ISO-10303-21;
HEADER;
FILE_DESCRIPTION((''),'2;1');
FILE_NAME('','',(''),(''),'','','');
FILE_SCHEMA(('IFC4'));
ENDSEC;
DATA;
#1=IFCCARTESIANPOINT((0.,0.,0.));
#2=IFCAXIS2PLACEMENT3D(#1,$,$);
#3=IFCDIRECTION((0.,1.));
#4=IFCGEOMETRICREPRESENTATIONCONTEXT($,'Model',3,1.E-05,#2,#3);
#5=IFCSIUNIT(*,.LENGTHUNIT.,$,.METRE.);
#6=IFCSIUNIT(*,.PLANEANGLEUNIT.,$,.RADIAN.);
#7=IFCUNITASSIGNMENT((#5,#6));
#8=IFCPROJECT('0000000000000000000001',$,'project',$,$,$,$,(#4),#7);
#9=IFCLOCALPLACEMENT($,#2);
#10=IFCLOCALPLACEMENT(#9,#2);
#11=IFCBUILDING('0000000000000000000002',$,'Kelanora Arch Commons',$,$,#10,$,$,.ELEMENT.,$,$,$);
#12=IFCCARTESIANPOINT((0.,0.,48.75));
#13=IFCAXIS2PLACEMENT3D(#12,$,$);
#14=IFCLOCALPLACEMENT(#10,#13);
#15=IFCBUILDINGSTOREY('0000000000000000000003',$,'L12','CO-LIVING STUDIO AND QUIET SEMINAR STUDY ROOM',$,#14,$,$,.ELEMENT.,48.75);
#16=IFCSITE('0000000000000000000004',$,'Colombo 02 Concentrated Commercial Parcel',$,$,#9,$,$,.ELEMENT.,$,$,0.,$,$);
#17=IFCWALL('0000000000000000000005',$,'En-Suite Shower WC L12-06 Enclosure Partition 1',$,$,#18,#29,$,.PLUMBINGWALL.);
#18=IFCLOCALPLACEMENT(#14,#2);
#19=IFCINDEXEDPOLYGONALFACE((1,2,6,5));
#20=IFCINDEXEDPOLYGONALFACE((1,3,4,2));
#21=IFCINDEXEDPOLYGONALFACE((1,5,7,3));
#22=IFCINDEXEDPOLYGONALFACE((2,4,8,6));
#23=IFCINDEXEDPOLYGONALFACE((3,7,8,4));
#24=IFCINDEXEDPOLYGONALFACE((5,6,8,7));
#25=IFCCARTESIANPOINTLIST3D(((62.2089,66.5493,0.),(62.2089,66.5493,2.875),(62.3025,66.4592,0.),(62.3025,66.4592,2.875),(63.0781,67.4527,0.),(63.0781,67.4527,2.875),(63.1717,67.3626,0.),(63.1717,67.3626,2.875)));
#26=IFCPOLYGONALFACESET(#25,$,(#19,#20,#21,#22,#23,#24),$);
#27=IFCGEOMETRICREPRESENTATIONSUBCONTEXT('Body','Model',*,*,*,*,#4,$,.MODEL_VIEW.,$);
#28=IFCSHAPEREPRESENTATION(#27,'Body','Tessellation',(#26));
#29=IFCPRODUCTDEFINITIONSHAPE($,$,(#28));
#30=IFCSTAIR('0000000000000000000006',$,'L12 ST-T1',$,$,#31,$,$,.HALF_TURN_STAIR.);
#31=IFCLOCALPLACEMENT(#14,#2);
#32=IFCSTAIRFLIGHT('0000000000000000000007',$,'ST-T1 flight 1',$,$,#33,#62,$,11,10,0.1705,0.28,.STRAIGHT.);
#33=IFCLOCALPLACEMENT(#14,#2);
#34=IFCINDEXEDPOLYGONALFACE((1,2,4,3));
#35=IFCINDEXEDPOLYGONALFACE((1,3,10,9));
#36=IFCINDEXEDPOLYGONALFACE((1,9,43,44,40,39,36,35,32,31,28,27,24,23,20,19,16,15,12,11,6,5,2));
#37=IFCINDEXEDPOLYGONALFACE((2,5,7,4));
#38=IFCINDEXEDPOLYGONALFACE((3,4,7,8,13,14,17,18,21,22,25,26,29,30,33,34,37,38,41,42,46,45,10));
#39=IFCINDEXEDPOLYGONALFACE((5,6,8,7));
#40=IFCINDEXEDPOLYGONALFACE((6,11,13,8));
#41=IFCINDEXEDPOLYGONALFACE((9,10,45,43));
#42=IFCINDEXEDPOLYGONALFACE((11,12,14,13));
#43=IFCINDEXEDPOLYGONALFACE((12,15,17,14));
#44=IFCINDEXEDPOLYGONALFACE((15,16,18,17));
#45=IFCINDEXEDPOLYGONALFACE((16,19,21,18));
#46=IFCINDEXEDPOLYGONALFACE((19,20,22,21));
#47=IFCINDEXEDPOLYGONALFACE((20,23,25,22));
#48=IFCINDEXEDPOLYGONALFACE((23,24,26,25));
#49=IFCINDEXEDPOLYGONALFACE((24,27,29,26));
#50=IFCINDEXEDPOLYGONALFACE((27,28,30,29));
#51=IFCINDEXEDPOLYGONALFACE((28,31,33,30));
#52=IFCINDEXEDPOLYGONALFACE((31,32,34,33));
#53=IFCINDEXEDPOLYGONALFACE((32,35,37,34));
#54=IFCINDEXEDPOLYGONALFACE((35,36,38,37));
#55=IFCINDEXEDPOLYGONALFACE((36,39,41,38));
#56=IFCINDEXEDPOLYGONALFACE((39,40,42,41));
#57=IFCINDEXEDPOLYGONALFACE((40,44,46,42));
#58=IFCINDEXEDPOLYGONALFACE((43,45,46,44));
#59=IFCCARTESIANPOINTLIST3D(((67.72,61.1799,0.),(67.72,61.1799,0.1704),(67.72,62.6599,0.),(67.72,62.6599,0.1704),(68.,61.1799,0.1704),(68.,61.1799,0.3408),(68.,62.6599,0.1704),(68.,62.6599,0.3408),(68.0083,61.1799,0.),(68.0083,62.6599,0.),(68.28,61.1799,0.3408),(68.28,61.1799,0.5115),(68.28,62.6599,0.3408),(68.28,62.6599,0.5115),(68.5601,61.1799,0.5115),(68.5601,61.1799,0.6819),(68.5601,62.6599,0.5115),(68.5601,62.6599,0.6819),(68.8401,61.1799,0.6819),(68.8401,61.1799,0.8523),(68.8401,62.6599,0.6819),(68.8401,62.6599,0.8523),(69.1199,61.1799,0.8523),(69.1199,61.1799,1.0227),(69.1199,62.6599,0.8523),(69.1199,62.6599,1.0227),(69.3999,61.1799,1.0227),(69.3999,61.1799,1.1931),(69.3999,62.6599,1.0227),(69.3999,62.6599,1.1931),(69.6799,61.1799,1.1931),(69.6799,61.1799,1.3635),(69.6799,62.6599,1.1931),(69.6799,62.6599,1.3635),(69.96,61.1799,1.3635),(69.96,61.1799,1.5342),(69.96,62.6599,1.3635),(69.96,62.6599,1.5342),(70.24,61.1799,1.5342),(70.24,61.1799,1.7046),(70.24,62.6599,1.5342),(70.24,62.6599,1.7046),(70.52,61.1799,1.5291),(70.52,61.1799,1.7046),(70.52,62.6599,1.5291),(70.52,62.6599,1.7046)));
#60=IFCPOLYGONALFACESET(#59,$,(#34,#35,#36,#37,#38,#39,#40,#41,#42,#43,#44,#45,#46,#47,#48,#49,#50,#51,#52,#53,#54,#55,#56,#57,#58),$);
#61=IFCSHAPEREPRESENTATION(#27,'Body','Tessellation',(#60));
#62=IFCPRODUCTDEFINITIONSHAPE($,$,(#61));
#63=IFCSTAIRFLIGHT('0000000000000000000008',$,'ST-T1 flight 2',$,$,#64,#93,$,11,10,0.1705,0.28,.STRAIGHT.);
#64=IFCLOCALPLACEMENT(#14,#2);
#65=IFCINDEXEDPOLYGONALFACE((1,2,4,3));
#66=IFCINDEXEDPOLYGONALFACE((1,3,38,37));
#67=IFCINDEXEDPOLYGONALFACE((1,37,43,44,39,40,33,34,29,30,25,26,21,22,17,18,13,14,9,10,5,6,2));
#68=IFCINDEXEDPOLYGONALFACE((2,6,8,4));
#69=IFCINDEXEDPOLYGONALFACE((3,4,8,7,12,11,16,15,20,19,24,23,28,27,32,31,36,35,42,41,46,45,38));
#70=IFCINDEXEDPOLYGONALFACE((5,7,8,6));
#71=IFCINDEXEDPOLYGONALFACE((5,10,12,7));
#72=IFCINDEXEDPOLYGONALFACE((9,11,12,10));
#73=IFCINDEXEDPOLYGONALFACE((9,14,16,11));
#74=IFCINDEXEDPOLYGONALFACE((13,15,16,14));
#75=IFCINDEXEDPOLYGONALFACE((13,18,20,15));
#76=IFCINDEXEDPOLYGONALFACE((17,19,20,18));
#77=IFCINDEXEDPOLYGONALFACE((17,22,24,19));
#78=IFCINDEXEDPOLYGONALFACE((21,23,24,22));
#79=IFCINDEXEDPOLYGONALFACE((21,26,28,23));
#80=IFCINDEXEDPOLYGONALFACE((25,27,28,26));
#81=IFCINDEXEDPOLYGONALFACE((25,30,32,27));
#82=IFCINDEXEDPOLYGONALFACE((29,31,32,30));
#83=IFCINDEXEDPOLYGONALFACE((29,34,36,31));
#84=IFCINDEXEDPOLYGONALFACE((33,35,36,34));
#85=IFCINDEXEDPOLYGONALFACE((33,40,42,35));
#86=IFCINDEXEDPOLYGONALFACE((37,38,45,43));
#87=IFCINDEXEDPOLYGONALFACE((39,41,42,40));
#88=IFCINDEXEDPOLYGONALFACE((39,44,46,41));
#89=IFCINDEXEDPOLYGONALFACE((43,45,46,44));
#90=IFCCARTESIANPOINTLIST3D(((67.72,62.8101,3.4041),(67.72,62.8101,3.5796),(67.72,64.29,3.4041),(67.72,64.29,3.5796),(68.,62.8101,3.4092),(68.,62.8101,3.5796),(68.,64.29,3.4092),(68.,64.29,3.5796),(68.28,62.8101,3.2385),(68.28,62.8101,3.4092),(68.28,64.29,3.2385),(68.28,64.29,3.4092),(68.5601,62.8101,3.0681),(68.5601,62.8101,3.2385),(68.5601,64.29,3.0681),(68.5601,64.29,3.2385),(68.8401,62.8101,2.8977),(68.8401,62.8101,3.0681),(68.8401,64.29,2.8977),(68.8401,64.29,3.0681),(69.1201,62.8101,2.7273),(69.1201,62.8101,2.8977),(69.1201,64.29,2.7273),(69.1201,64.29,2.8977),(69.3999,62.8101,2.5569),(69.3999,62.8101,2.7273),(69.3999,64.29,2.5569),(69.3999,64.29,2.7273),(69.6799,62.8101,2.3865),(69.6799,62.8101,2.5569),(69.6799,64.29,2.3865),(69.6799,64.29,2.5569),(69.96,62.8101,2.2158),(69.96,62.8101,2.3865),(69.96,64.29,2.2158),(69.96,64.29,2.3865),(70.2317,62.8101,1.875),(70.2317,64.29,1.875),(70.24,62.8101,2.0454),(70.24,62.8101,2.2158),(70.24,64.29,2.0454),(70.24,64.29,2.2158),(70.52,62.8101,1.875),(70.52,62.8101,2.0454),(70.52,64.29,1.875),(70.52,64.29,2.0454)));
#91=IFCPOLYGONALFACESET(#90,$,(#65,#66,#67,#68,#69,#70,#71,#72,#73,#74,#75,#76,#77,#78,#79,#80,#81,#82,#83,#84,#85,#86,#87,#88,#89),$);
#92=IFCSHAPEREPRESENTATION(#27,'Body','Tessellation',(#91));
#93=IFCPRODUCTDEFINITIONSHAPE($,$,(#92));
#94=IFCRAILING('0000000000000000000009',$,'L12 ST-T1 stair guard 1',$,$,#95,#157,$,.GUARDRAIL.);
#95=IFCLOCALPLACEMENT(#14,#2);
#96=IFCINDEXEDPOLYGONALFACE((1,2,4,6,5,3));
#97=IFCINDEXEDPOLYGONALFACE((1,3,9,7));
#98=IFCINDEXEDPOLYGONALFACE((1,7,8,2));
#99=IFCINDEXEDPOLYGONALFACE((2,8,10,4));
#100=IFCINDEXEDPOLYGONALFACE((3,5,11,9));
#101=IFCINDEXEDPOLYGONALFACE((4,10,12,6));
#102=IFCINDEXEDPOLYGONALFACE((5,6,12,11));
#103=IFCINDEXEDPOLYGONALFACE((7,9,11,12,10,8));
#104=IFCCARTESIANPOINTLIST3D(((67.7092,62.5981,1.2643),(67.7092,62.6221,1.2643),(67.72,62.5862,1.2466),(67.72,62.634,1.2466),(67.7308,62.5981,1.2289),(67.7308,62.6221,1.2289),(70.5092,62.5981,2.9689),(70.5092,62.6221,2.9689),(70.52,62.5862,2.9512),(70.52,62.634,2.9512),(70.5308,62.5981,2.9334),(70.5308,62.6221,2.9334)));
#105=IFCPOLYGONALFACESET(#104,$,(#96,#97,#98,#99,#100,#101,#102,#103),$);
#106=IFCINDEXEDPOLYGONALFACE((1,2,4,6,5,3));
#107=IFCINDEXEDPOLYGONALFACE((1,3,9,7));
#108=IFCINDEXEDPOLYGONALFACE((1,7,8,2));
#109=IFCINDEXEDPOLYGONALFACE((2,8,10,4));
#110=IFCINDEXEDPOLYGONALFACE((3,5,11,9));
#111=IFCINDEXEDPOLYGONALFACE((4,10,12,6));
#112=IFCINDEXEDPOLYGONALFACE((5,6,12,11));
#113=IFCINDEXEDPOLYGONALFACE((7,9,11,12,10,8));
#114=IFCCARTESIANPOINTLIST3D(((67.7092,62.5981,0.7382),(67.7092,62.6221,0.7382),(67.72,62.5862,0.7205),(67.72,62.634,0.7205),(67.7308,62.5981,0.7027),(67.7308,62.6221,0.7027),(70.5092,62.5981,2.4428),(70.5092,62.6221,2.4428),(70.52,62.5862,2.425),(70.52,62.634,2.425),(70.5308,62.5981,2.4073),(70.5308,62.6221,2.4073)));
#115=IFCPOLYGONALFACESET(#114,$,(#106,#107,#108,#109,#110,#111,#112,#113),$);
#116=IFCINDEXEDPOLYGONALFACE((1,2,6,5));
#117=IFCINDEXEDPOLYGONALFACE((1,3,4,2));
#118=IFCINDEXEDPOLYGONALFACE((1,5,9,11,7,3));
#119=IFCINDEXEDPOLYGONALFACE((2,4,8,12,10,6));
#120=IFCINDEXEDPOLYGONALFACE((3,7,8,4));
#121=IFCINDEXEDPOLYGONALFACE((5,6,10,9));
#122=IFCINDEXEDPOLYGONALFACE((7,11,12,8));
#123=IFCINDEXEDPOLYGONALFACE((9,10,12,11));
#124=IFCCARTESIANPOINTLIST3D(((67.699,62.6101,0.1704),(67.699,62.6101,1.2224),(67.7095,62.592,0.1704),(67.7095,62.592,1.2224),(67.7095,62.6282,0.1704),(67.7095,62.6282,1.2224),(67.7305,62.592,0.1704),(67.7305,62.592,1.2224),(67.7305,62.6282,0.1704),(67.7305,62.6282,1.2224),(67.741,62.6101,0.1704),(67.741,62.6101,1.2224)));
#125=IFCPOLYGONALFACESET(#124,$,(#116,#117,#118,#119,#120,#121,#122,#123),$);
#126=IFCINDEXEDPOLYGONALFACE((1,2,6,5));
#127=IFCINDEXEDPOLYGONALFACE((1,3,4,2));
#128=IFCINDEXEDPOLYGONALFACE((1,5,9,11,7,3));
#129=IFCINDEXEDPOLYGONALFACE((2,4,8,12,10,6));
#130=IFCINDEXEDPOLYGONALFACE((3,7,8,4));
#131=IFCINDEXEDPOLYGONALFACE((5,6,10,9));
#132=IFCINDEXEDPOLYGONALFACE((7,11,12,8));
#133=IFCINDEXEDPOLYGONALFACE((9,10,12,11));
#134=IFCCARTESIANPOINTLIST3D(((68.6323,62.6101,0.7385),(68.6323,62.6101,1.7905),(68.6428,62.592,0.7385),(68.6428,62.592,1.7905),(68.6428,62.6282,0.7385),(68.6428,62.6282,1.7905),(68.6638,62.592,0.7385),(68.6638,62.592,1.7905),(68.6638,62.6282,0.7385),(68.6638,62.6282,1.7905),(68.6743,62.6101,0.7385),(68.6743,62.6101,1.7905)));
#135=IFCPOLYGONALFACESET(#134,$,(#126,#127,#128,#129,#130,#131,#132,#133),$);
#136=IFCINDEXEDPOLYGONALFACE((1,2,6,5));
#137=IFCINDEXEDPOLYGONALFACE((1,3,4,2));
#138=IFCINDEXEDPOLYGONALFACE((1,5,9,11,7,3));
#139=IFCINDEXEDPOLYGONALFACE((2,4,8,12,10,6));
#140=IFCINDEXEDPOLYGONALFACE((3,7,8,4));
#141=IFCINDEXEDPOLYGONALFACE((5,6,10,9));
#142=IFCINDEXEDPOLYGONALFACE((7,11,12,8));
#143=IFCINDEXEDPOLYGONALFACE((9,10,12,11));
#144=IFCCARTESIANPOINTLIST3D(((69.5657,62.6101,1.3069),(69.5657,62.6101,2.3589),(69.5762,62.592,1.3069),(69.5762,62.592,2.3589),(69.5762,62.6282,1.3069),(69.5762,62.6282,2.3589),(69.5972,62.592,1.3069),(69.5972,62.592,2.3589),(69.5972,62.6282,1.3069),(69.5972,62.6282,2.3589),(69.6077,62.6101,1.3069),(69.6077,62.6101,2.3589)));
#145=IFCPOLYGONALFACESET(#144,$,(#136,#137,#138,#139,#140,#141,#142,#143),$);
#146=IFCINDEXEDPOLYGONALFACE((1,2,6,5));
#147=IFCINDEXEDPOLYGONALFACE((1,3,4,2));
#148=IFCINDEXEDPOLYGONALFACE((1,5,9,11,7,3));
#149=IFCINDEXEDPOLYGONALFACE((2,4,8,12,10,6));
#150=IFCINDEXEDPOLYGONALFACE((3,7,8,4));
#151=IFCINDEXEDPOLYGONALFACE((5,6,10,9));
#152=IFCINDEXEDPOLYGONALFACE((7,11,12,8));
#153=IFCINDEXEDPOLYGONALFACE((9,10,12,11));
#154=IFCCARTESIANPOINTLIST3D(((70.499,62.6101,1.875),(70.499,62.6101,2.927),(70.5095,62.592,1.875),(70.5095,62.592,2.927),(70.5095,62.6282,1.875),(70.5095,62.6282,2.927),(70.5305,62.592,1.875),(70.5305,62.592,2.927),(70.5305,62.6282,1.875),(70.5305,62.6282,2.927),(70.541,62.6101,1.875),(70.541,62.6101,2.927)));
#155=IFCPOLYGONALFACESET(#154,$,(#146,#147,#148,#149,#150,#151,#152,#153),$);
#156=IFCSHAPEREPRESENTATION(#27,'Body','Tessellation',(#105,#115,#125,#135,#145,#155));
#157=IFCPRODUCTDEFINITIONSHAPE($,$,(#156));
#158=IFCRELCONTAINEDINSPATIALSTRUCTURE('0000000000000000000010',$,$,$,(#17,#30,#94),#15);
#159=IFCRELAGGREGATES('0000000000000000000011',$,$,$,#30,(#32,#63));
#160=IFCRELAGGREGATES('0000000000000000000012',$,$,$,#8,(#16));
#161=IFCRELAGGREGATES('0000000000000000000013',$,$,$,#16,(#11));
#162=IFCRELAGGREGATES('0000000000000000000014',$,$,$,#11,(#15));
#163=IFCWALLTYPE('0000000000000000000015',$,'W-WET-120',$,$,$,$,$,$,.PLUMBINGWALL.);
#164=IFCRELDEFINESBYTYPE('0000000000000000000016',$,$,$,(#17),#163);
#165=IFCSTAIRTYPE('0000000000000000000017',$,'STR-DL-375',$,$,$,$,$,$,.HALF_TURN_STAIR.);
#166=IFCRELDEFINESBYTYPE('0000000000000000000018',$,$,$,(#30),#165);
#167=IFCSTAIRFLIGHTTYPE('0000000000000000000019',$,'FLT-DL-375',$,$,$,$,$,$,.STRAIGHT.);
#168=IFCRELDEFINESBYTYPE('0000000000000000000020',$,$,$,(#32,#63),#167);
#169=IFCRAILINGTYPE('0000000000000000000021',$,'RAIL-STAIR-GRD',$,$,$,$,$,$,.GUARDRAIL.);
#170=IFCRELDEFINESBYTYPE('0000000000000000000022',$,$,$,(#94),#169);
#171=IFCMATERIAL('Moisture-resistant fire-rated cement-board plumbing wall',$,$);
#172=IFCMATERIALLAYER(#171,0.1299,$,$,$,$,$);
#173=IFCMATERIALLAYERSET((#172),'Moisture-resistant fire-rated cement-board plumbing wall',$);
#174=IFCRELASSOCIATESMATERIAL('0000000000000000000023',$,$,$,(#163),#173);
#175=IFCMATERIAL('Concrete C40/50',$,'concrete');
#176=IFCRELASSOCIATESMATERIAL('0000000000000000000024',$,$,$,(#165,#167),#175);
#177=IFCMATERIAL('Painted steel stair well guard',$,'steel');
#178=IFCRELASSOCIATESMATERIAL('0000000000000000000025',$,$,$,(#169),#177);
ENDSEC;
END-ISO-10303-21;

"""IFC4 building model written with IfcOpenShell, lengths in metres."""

from ifc_helpers import new_model, si_unit, direction, frame, frame_2d, origin, place, context, subcontext, project, spatial, polyline, rectangle, outline, extrude, material, layer, layer_set, type_object, element, aggregate, save


model = new_model("IFC4")

# Units and contexts
model_context = context("Model", 3, precision=1e-05, world=origin(), true_north=direction((0.0, 1.0)))
body_context = subcontext(model_context, "Body", "Model", "MODEL_VIEW")
ifc_project = project(units=[si_unit("LENGTHUNIT", "METRE"), si_unit("PLANEANGLEUNIT", "RADIAN")], contexts=[model_context])

# Site, building, storey
site_placement = place(None, origin())
site = spatial("IfcSite", under=ifc_project, at=site_placement, Name="Colombo 02 Concentrated Commercial Parcel", CompositionType="ELEMENT", RefElevation=0.0)
building_placement = place(site_placement, origin())
building = spatial("IfcBuilding", under=site, at=building_placement, Name="Kelanora Arch Commons", CompositionType="ELEMENT")
storey_placement = place(building_placement, frame((0.0, 0.0, 48.75)))
storey = spatial("IfcBuildingStorey", under=building, at=storey_placement, Name="L12", Description="CO-LIVING STUDIO AND QUIET SEMINAR STUDY ROOM", CompositionType="ELEMENT", Elevation=48.75)

# Shared definitions
ifc_material_1 = material(Name="Concrete C40/50", Category="concrete")

# Shared definitions
ifc_material_2 = material(Name="Moisture-resistant fire-rated cement-board plumbing wall")
ifc_layer_1 = layer(ifc_material_2, 0.1299)
ifc_layer_set_1 = layer_set([ifc_layer_1], Name="Moisture-resistant fire-rated cement-board plumbing wall")
wall_type_1 = type_object("IfcWallType", Name="W-WET-120", PredefinedType="PLUMBINGWALL", material=ifc_layer_set_1)

# Wall
wall_1_placement = place(storey_placement, frame((63.125, 67.4077, 0.0), z_axis=(0.0, 0.0, 1.0), x_axis=(-0.693342, -0.720608, 0.0)))
element("IfcWall", 1, at=wall_1_placement, inside=storey, type_object=wall_type_1, Name="En-Suite Shower WC L12-06 Enclosure Partition 1", PredefinedType="PLUMBINGWALL", context=body_context, shape_type="SweptSolid", body=[
    extrude(rectangle(XDim=1.2537, YDim=0.1299, at=frame_2d((0.627, 0.0))), origin(), (0.0, 0.0, 1.0), 2.875),
])

# Stair, stair flights
stair_type = type_object("IfcStairType", Name="STR-DL-375", PredefinedType="HALF_TURN_STAIR", material=ifc_material_1)
stair_placement = place(storey_placement, origin())
stair = element("IfcStair", 2, at=stair_placement, inside=storey, type_object=stair_type, Name="L12 ST-T1", PredefinedType="HALF_TURN_STAIR")
stair_flight_type = type_object("IfcStairFlightType", Name="FLT-DL-375", PredefinedType="STRAIGHT", material=ifc_material_1)
stair_flight_1_placement = place(storey_placement, frame((67.72, 61.9199, 0.0), z_axis=(0.0, 0.0, 1.0), x_axis=(1.0, 0.0, 0.0)))
stair_flight_1 = element("IfcStairFlight", 3, at=stair_flight_1_placement, type_object=stair_flight_type, Name="ST-T1 flight 1", NumberOfRisers=11, NumberOfTreads=10, PredefinedType="STRAIGHT", RiserHeight=0.1705, TreadLength=0.28, context=body_context, shape_type="SweptSolid", body=[
    extrude(outline(polyline([(0.0, 0.0), (0.0, 0.1704), (0.28, 0.1704), (0.28, 0.3408), (0.5601, 0.3408), (0.5601, 0.5115), (0.8401, 0.5115), (0.8401, 0.6819), (1.1201, 0.6819), (1.1201, 0.8523), (1.3999, 0.8523), (1.3999, 1.0227), (1.6799, 1.0227), (1.6799, 1.1931), (1.96, 1.1931), (1.96, 1.3635), (2.24, 1.3635), (2.24, 1.5342), (2.52, 1.5342), (2.52, 1.7046), (2.8, 1.7046), (2.8, 1.875), (2.8, 1.5291), (0.2883, 0.0), (0.0, 0.0)])), frame((0.0, 0.74, 0.0), z_axis=(0.0, -1.0, 0.0), x_axis=(1.0, 0.0, 0.0)), (0.0, 0.0, 1.0), 1.48),
])
stair_flight_2_placement = place(storey_placement, frame((70.52, 63.55, 1.875), z_axis=(0.0, 0.0, 1.0), x_axis=(-1.0, 0.0, 0.0)))
stair_flight_2 = element("IfcStairFlight", 4, at=stair_flight_2_placement, type_object=stair_flight_type, Name="ST-T1 flight 2", NumberOfRisers=11, NumberOfTreads=10, PredefinedType="STRAIGHT", RiserHeight=0.1705, TreadLength=0.28, context=body_context, shape_type="SweptSolid", body=[
    extrude(outline(polyline([(0.0, 0.0), (0.0, 0.1704), (0.28, 0.1704), (0.28, 0.3408), (0.5601, 0.3408), (0.5601, 0.5115), (0.8401, 0.5115), (0.8401, 0.6819), (1.1201, 0.6819), (1.1201, 0.8523), (1.3999, 0.8523), (1.3999, 1.0227), (1.6799, 1.0227), (1.6799, 1.1931), (1.96, 1.1931), (1.96, 1.3635), (2.24, 1.3635), (2.24, 1.5342), (2.52, 1.5342), (2.52, 1.7046), (2.8, 1.7046), (2.8, 1.875), (2.8, 1.5291), (0.2883, 0.0), (0.0, 0.0)])), frame((0.0, 0.74, 0.0), z_axis=(0.0, -1.0, 0.0), x_axis=(1.0, 0.0, 0.0)), (0.0, 0.0, 1.0), 1.48),
])
aggregate(stair, [stair_flight_1, stair_flight_2])

# Railing
ifc_material_3 = material(Name="Painted steel stair well guard", Category="steel")
railing_type_1 = type_object("IfcRailingType", Name="RAIL-STAIR-GRD", PredefinedType="GUARDRAIL", material=ifc_material_3)
railing_1_placement = place(storey_placement, frame((67.72, 62.6101, 0.1704)))
element("IfcRailing", 5, at=railing_1_placement, inside=storey, type_object=railing_type_1, Name="L12 ST-T1 stair guard 1", PredefinedType="GUARDRAIL", context=body_context, shape_type="SweptSolid", body=[
    extrude(outline(polyline([(0.0239, 0.0), (0.012, 0.0208), (-0.012, 0.0208), (-0.0239, 0.0), (-0.012, -0.0208), (0.012, -0.0208), (0.0239, 0.0)])), frame((0.0, 0.0, 1.0762), z_axis=(0.85417, 0.0, 0.519994), x_axis=(0.0, 1.0, 0.0)), (0.0, 0.0, 1.0), 3.2781),
    extrude(outline(polyline([(0.0239, 0.0), (0.012, 0.0208), (-0.012, 0.0208), (-0.0239, 0.0), (-0.012, -0.0208), (0.012, -0.0208), (0.0239, 0.0)])), frame((0.0, 0.0, 0.55), z_axis=(0.85417, 0.0, 0.519994), x_axis=(0.0, 1.0, 0.0)), (0.0, 0.0, 1.0), 3.2781),
    extrude(outline(polyline([(0.021, 0.0), (0.0105, 0.0181), (-0.0105, 0.0181), (-0.021, 0.0), (-0.0105, -0.0181), (0.0105, -0.0181), (0.021, 0.0)])), origin(), (0.0, 0.0, 1.0), 1.052),
    extrude(outline(polyline([(0.021, 0.0), (0.0105, 0.0181), (-0.0105, 0.0181), (-0.021, 0.0), (-0.0105, -0.0181), (0.0105, -0.0181), (0.021, 0.0)])), frame((0.9333, 0.0, 0.5681)), (0.0, 0.0, 1.0), 1.052),
    extrude(outline(polyline([(0.021, 0.0), (0.0105, 0.0181), (-0.0105, 0.0181), (-0.021, 0.0), (-0.0105, -0.0181), (0.0105, -0.0181), (0.021, 0.0)])), frame((1.8667, 0.0, 1.1365)), (0.0, 0.0, 1.0), 1.052),
    extrude(outline(polyline([(0.021, 0.0), (0.0105, 0.0181), (-0.0105, 0.0181), (-0.021, 0.0), (-0.0105, -0.0181), (0.0105, -0.0181), (0.021, 0.0)])), frame((2.8, 0.0, 1.7046)), (0.0, 0.0, 1.0), 1.052),
])

save(model, "model.ifc")
